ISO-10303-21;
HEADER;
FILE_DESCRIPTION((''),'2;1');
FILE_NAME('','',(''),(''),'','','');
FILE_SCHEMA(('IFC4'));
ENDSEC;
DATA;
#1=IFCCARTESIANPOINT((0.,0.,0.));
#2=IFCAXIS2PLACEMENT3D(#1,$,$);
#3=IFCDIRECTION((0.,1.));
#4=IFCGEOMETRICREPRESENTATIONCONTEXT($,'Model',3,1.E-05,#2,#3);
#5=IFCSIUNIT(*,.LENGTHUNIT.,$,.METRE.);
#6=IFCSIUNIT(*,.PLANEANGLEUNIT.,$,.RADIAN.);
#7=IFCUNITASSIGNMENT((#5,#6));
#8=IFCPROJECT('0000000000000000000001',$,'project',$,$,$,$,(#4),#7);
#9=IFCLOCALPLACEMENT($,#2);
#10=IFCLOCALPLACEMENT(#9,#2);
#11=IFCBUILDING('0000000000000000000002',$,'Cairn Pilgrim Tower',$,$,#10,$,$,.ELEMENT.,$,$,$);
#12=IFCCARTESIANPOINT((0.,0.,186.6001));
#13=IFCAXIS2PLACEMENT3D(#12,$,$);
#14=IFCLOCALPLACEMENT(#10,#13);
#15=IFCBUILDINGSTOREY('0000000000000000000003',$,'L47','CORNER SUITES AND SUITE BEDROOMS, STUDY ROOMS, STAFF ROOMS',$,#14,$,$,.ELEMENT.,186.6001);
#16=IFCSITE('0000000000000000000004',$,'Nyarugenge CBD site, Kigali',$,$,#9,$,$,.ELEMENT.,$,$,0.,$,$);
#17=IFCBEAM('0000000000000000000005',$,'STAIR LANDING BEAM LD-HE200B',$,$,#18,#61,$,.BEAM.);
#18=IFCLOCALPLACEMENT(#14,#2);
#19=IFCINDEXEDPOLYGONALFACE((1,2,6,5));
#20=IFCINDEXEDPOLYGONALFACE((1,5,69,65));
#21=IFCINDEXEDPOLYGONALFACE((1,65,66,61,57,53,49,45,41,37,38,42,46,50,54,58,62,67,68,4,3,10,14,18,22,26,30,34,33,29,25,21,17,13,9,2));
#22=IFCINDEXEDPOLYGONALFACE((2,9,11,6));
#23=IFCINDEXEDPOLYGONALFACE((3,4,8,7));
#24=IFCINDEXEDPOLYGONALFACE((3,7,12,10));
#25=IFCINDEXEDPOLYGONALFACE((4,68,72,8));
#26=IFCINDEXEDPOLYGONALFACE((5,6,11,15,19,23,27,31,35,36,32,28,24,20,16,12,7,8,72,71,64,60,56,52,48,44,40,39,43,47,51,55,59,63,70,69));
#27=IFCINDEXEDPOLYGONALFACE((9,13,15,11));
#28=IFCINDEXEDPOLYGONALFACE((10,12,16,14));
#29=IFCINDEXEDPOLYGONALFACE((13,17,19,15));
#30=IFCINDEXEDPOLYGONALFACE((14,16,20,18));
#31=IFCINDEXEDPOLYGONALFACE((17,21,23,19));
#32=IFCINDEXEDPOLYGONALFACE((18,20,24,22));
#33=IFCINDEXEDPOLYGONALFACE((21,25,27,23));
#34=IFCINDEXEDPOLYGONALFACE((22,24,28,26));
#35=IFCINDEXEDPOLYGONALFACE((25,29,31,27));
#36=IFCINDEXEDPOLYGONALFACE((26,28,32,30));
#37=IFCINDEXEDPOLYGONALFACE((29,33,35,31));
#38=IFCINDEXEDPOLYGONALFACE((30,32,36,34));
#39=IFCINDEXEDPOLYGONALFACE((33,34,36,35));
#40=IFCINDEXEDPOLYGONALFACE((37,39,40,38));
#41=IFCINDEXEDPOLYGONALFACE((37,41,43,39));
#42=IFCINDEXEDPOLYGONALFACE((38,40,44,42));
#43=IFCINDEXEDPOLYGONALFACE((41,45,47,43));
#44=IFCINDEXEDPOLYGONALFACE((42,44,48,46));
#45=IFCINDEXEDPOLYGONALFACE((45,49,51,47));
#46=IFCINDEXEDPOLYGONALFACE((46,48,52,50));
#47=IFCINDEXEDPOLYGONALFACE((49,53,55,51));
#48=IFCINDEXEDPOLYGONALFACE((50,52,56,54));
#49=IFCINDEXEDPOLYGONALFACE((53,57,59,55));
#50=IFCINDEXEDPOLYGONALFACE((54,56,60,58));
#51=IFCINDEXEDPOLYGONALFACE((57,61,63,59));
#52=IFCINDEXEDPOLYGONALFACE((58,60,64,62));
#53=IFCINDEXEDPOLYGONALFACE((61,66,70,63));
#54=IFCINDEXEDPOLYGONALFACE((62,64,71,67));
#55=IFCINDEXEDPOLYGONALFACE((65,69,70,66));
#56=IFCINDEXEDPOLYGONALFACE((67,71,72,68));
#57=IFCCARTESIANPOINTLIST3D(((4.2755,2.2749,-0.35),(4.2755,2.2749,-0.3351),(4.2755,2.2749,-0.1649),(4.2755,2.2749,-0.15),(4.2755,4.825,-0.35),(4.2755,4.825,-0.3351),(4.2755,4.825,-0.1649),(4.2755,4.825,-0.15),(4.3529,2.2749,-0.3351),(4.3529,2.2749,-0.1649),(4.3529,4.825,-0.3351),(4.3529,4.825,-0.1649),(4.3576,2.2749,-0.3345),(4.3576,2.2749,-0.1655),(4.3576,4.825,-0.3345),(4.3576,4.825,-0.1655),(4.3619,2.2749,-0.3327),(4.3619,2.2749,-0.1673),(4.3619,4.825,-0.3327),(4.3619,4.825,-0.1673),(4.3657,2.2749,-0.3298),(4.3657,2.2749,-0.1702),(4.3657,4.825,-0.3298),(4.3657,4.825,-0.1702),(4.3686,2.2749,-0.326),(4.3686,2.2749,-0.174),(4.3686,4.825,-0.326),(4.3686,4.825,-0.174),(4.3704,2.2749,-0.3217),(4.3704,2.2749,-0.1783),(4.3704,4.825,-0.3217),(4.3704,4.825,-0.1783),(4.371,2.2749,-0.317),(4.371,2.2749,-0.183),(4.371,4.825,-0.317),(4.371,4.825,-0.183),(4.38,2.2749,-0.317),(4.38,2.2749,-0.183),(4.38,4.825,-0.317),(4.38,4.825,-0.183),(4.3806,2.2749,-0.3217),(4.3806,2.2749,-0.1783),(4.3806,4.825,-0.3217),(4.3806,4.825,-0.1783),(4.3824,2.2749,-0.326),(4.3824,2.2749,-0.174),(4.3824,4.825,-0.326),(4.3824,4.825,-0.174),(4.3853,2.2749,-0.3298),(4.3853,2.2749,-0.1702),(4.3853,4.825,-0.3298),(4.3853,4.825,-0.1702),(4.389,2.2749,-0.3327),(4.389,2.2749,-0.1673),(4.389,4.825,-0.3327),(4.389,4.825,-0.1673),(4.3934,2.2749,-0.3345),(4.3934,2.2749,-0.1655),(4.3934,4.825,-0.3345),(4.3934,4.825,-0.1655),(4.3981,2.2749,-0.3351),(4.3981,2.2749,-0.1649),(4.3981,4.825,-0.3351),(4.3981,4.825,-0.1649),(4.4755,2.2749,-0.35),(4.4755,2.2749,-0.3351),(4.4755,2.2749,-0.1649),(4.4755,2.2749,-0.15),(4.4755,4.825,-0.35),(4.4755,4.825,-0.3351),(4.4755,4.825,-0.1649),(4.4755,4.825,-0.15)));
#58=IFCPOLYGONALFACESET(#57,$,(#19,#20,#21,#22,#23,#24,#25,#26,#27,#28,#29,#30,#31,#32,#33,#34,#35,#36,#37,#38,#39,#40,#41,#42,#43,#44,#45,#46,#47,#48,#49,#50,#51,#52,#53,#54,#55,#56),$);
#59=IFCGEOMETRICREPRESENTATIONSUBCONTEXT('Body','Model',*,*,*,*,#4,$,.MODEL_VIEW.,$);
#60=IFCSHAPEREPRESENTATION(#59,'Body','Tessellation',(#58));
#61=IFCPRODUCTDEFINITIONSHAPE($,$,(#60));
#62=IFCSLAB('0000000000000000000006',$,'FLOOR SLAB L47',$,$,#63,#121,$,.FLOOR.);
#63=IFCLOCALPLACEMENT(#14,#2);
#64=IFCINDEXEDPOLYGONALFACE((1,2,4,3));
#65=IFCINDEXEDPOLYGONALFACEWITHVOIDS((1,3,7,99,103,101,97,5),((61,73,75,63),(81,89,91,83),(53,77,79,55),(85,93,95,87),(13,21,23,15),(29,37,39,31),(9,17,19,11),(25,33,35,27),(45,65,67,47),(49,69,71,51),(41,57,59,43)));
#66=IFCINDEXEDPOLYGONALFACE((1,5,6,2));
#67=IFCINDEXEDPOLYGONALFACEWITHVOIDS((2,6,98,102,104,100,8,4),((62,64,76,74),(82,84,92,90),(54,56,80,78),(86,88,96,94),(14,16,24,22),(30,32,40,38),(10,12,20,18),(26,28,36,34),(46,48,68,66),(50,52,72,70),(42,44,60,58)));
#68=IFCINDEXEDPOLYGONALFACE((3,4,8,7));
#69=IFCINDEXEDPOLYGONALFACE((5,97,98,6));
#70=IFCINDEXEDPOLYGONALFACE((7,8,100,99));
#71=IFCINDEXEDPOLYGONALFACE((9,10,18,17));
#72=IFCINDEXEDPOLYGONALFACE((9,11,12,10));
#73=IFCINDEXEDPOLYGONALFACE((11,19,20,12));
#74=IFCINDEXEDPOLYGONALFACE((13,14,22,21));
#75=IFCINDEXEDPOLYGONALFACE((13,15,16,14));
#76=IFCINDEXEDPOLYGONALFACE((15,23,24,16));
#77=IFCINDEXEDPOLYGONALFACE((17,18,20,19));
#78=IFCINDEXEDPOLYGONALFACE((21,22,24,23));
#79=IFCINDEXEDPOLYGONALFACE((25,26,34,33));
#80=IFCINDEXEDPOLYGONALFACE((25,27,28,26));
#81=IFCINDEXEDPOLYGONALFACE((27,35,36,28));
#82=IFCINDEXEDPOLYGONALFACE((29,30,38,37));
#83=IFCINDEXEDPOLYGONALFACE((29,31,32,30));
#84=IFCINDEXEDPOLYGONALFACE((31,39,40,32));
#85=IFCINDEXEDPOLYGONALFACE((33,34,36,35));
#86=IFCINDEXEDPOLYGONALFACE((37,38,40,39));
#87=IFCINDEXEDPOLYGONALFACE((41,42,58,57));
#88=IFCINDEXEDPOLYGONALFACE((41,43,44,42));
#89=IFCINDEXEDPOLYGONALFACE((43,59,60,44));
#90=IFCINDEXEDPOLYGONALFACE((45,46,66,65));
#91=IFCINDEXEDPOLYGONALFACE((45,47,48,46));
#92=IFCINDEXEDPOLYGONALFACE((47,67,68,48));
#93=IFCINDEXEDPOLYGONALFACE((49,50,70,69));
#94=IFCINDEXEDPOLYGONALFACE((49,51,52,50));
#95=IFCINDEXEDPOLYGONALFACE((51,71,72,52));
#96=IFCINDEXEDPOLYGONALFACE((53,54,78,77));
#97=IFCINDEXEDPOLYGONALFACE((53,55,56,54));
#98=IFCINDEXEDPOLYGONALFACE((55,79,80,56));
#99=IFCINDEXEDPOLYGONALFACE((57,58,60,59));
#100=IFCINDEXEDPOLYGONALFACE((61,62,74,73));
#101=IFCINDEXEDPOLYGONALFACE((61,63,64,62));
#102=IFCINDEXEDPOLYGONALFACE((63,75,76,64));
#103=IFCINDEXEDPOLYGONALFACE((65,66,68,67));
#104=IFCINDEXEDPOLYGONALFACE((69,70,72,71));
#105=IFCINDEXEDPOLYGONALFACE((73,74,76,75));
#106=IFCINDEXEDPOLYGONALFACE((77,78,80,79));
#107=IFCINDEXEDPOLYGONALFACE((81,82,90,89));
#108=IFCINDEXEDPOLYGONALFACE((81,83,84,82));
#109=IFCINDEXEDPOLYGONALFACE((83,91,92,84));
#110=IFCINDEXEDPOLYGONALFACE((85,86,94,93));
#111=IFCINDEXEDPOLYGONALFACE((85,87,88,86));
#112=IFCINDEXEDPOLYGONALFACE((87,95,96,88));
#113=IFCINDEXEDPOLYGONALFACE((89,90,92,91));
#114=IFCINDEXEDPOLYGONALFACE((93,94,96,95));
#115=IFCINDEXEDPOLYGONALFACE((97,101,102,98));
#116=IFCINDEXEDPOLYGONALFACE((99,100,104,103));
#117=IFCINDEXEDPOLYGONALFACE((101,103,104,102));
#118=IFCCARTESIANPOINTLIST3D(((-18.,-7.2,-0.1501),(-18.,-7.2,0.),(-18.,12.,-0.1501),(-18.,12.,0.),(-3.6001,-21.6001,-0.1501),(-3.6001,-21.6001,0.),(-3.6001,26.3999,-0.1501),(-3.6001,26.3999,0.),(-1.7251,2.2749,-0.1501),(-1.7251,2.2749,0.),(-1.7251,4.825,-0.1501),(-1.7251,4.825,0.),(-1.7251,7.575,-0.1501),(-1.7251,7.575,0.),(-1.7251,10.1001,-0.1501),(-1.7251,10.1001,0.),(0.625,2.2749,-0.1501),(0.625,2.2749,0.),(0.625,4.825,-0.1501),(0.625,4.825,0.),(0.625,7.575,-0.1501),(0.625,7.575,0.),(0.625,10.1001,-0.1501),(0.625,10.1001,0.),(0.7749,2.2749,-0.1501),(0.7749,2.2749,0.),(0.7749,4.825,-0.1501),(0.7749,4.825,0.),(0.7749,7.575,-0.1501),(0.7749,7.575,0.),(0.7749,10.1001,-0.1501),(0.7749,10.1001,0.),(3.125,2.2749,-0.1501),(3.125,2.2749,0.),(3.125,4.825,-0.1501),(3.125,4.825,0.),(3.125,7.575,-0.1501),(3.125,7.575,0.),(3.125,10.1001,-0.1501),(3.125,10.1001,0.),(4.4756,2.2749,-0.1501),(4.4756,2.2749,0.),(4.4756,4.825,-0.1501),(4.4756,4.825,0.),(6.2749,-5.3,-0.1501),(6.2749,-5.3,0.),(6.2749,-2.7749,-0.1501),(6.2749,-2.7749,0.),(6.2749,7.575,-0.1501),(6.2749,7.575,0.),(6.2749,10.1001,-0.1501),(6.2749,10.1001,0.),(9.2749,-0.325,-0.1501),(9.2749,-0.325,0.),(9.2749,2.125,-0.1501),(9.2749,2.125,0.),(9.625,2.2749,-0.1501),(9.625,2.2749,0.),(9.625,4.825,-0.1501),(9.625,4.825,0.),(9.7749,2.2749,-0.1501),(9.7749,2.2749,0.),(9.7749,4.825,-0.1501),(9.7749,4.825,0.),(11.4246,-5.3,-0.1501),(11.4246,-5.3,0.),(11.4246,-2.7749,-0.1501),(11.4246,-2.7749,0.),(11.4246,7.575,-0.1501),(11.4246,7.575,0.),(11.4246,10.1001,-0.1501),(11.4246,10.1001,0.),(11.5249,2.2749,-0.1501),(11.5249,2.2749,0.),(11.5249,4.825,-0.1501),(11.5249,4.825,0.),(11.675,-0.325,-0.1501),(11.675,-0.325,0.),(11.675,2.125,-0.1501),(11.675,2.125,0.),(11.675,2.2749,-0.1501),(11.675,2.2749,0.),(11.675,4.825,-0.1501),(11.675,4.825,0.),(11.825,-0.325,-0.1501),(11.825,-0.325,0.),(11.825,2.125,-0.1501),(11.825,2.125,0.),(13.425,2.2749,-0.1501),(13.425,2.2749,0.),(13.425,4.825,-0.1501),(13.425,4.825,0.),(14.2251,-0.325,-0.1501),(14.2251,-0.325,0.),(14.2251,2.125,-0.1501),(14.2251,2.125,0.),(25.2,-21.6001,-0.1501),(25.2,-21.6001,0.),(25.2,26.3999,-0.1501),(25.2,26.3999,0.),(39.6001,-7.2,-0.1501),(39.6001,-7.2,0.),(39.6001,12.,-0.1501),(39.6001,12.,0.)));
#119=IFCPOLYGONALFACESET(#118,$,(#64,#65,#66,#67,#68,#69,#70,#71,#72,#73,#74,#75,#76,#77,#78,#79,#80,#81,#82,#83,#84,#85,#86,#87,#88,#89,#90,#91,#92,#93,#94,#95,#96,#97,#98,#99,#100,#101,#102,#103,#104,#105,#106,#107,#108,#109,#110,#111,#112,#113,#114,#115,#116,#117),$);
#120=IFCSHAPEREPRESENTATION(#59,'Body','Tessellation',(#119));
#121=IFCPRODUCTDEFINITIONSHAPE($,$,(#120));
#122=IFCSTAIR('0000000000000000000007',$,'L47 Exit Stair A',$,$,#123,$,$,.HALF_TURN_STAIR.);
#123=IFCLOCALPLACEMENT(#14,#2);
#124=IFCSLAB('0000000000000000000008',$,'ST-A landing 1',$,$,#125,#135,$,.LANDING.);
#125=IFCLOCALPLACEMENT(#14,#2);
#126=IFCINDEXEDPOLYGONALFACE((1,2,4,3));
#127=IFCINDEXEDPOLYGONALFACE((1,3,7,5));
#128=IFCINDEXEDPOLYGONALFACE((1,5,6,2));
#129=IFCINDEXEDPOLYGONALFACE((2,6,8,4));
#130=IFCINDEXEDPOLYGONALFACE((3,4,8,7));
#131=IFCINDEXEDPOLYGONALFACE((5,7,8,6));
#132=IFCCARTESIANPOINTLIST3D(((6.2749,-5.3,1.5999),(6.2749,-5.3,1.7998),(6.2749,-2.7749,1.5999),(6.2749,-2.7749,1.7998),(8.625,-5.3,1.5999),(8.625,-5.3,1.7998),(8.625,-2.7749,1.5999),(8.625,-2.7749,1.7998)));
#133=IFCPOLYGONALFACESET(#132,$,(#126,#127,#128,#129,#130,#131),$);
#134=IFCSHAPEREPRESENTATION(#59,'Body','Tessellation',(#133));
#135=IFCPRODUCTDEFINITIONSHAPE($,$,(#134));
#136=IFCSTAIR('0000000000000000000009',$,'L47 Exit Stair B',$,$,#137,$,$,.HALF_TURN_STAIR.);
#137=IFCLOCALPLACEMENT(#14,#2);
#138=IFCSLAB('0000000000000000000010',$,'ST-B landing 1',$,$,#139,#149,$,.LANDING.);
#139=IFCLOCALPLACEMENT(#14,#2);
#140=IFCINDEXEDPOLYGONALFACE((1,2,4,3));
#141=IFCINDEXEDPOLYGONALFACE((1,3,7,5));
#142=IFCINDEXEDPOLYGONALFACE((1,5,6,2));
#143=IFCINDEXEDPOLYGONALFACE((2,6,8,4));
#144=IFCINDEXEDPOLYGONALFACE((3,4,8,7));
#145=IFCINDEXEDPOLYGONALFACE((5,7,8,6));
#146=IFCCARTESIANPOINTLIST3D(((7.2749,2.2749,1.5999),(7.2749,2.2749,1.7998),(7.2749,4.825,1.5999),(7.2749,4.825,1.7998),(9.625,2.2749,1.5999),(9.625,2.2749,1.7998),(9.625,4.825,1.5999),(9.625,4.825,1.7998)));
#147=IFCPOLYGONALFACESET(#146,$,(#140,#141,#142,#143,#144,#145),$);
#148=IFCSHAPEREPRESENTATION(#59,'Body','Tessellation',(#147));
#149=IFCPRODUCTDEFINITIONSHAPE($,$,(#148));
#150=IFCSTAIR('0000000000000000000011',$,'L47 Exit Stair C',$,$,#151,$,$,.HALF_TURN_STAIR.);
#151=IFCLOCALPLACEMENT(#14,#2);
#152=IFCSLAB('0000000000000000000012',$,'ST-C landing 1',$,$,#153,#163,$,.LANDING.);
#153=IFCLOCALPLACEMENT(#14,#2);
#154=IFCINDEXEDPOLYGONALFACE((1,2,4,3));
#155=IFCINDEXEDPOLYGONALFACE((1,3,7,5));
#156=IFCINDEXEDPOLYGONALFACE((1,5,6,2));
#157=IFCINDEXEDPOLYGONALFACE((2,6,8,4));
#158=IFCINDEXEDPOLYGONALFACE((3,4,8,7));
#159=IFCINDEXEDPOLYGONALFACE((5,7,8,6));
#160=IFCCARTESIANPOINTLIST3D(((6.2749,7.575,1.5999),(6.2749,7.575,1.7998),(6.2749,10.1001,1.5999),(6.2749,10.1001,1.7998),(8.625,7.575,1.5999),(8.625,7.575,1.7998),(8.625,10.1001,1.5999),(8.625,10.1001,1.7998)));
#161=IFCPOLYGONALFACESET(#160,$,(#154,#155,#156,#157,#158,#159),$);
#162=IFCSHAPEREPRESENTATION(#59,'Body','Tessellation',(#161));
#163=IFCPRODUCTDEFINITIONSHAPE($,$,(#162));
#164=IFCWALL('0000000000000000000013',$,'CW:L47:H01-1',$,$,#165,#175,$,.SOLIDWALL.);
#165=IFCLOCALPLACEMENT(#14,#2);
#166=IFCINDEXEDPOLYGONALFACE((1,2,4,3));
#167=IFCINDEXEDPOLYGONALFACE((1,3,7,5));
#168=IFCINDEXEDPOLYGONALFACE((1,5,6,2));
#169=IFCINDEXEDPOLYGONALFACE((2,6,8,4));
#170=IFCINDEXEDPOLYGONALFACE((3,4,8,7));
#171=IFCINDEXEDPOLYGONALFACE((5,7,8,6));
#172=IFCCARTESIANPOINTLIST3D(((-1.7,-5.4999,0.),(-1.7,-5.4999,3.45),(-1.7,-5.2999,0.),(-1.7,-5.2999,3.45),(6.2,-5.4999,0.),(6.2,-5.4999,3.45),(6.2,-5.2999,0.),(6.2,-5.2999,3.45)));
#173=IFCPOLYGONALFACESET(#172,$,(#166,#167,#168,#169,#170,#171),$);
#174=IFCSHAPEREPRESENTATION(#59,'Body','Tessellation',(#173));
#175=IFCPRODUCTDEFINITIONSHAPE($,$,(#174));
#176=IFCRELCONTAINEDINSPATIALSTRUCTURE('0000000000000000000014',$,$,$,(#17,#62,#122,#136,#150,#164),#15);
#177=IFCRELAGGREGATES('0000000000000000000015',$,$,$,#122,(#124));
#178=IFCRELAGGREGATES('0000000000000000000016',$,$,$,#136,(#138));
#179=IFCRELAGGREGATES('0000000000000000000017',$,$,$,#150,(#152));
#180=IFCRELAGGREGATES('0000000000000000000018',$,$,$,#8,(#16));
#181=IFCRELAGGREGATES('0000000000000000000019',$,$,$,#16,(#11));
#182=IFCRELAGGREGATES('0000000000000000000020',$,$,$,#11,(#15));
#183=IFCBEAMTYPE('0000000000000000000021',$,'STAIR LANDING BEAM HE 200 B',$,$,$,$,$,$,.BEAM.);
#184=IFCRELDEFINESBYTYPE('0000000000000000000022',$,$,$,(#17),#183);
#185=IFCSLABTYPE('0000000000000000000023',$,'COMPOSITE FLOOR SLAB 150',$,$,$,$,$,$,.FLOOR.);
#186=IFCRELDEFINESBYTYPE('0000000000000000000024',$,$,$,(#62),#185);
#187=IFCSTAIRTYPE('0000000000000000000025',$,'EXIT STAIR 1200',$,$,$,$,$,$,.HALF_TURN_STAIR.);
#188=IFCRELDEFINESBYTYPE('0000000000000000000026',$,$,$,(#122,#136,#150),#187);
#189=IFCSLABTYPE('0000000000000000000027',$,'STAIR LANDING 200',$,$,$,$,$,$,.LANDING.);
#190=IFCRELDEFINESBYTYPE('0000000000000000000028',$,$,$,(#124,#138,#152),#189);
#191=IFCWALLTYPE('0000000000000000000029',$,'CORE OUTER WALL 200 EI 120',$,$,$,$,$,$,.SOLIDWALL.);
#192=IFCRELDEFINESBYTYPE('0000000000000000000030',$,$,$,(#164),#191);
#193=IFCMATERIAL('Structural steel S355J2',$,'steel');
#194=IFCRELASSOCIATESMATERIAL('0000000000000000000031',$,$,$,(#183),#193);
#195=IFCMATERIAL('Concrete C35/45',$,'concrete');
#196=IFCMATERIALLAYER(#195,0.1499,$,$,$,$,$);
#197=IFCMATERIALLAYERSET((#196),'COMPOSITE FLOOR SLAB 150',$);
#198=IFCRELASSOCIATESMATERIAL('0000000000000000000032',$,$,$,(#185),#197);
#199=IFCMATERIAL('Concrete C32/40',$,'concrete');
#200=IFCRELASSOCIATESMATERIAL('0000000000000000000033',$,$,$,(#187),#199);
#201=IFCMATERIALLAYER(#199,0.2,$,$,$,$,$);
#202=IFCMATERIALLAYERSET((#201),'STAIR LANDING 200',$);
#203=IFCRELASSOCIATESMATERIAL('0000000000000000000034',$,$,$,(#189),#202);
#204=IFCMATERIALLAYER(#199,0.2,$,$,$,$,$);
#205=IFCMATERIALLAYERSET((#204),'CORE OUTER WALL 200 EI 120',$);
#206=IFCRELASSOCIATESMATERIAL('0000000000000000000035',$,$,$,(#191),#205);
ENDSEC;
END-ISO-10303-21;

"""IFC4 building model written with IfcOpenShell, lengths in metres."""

from ifc_helpers import new_model, si_unit, direction, frame, frame_2d, origin, origin_2d, place, context, subcontext, project, spatial, polyline, rectangle, i_section, outline, extrude, material, layer, layer_set, material_profile, profile_set, type_object, element, aggregate, save


model = new_model("IFC4")

# Units and contexts
model_context = context("Model", 3, precision=1e-05, world=origin(), true_north=direction((0.0, 1.0)))
body_context = subcontext(model_context, "Body", "Model", "MODEL_VIEW")
ifc_project = project(units=[si_unit("LENGTHUNIT", "METRE"), si_unit("PLANEANGLEUNIT", "RADIAN")], contexts=[model_context])

# Site, building, storey
site_placement = place(None, origin())
site = spatial("IfcSite", under=ifc_project, at=site_placement, Name="Nyarugenge CBD site, Kigali", CompositionType="ELEMENT", RefElevation=0.0)
building_placement = place(site_placement, origin())
building = spatial("IfcBuilding", under=site, at=building_placement, Name="Cairn Pilgrim Tower", CompositionType="ELEMENT")
storey_placement = place(building_placement, frame((0.0, 0.0, 186.6001)))
storey = spatial("IfcBuildingStorey", under=building, at=storey_placement, Name="L47", Description="CORNER SUITES AND SUITE BEDROOMS, STUDY ROOMS, STAFF ROOMS", CompositionType="ELEMENT", Elevation=186.6001)

# Beam
ifc_material_1 = material(Name="Structural steel S355J2", Category="steel")
ifc_material_profile_1 = material_profile(ifc_material_1, i_section(OverallWidth=0.2, OverallDepth=0.2, WebThickness=0.009, FlangeThickness=0.0149, FilletRadius=0.0181, at=origin_2d()), Name="HE 200 B")
ifc_profile_set_1 = profile_set([ifc_material_profile_1], Name="Structural steel S355J2")
beam_type_1 = type_object("IfcBeamType", Name="STAIR LANDING BEAM HE 200 B", PredefinedType="BEAM", material=ifc_profile_set_1)
beam_1_placement = place(storey_placement, frame((4.3755, 2.2749, -0.25), z_axis=(0.0, 1.0, 0.0), x_axis=(-1.0, 0.0, 0.0)))
element("IfcBeam", 1, at=beam_1_placement, inside=storey, type_object=beam_type_1, Name="STAIR LANDING BEAM LD-HE200B", PredefinedType="BEAM", context=body_context, shape_type="SweptSolid", body=[
    extrude(i_section(OverallWidth=0.2, OverallDepth=0.2, WebThickness=0.009, FlangeThickness=0.0149, FilletRadius=0.0181, at=origin_2d()), origin(), (0.0, 0.0, 1.0), 2.55),
])

# Slab
ifc_material_2 = material(Name="Concrete C35/45", Category="concrete")
ifc_layer_1 = layer(ifc_material_2, 0.1499)
ifc_layer_set_1 = layer_set([ifc_layer_1], Name="COMPOSITE FLOOR SLAB 150")
slab_type_1 = type_object("IfcSlabType", Name="COMPOSITE FLOOR SLAB 150", PredefinedType="FLOOR", material=ifc_layer_set_1)
slab_1_placement = place(storey_placement, frame((0.0, 0.0, -0.1501)))
element("IfcSlab", 2, at=slab_1_placement, inside=storey, type_object=slab_type_1, Name="FLOOR SLAB L47", PredefinedType="FLOOR", context=body_context, shape_type="SweptSolid", body=[
    extrude(outline(polyline([(-3.6001, -21.6001), (25.2, -21.6001), (39.6001, -7.2), (39.6001, 12.0), (25.2, 26.3999), (-3.6001, 26.3999), (-18.0, 12.0), (-18.0, -7.2), (-3.6001, -21.6001)]), holes=[polyline([(9.2749, -0.325), (11.675, -0.325), (11.675, 2.125), (9.2749, 2.125), (9.2749, -0.325)]), polyline([(11.825, -0.325), (14.2251, -0.325), (14.2251, 2.125), (11.825, 2.125), (11.825, -0.325)]), polyline([(-1.7251, 2.2749), (0.625, 2.2749), (0.625, 4.825), (-1.7251, 4.825), (-1.7251, 2.2749)]), polyline([(0.7749, 2.2749), (3.125, 2.2749), (3.125, 4.825), (0.7749, 4.825), (0.7749, 2.2749)]), polyline([(-1.7251, 7.575), (0.625, 7.575), (0.625, 10.1001), (-1.7251, 10.1001), (-1.7251, 7.575)]), polyline([(0.7749, 7.575), (3.125, 7.575), (3.125, 10.1001), (0.7749, 10.1001), (0.7749, 7.575)]), polyline([(9.7749, 2.2749), (11.5249, 2.2749), (11.5249, 4.825), (9.7749, 4.825), (9.7749, 2.2749)]), polyline([(11.675, 2.2749), (13.425, 2.2749), (13.425, 4.825), (11.675, 4.825), (11.675, 2.2749)]), polyline([(11.4246, -2.7749), (6.2749, -2.7749), (6.2749, -5.3), (11.4246, -5.3), (11.4246, -2.7749)]), polyline([(4.4756, 2.2749), (9.625, 2.2749), (9.625, 4.825), (4.4756, 4.825), (4.4756, 2.2749)]), polyline([(11.4246, 10.1001), (6.2749, 10.1001), (6.2749, 7.575), (11.4246, 7.575), (11.4246, 10.1001)])]), origin(), (0.0, 0.0, 1.0), 0.1501),
])

# Stairs, slabs
ifc_material_3 = material(Name="Concrete C32/40", Category="concrete")
stair_type = type_object("IfcStairType", Name="EXIT STAIR 1200", PredefinedType="HALF_TURN_STAIR", material=ifc_material_3)
stair_1_placement = place(storey_placement, origin())
stair_1 = element("IfcStair", 3, at=stair_1_placement, inside=storey, type_object=stair_type, Name="L47 Exit Stair A", PredefinedType="HALF_TURN_STAIR")
ifc_layer_2 = layer(ifc_material_3, 0.2)
ifc_layer_set_2 = layer_set([ifc_layer_2], Name="STAIR LANDING 200")
slab_type_2 = type_object("IfcSlabType", Name="STAIR LANDING 200", PredefinedType="LANDING", material=ifc_layer_set_2)
slab_2_placement = place(storey_placement, frame((0.0, 0.0, 1.5999)))
slab_2 = element("IfcSlab", 4, at=slab_2_placement, type_object=slab_type_2, Name="ST-A landing 1", PredefinedType="LANDING", context=body_context, shape_type="SweptSolid", body=[
    extrude(outline(polyline([(8.625, -2.7749), (6.2749, -2.7749), (6.2749, -5.3), (8.625, -5.3), (8.625, -2.7749)])), origin(), (0.0, 0.0, 1.0), 0.2),
])
aggregate(stair_1, [slab_2])
stair_2_placement = place(storey_placement, origin())
stair_2 = element("IfcStair", 5, at=stair_2_placement, inside=storey, type_object=stair_type, Name="L47 Exit Stair B", PredefinedType="HALF_TURN_STAIR")
slab_3_placement = place(storey_placement, frame((0.0, 0.0, 1.5999)))
slab_3 = element("IfcSlab", 6, at=slab_3_placement, type_object=slab_type_2, Name="ST-B landing 1", PredefinedType="LANDING", context=body_context, shape_type="SweptSolid", body=[
    extrude(outline(polyline([(7.2749, 2.2749), (9.625, 2.2749), (9.625, 4.825), (7.2749, 4.825), (7.2749, 2.2749)])), origin(), (0.0, 0.0, 1.0), 0.2),
])
aggregate(stair_2, [slab_3])
stair_3_placement = place(storey_placement, origin())
stair_3 = element("IfcStair", 7, at=stair_3_placement, inside=storey, type_object=stair_type, Name="L47 Exit Stair C", PredefinedType="HALF_TURN_STAIR")
slab_4_placement = place(storey_placement, frame((0.0, 0.0, 1.5999)))
slab_4 = element("IfcSlab", 8, at=slab_4_placement, type_object=slab_type_2, Name="ST-C landing 1", PredefinedType="LANDING", context=body_context, shape_type="SweptSolid", body=[
    extrude(outline(polyline([(8.625, 10.1001), (6.2749, 10.1001), (6.2749, 7.575), (8.625, 7.575), (8.625, 10.1001)])), origin(), (0.0, 0.0, 1.0), 0.2),
])
aggregate(stair_3, [slab_4])

# Wall
ifc_layer_3 = layer(ifc_material_3, 0.2)
ifc_layer_set_3 = layer_set([ifc_layer_3], Name="CORE OUTER WALL 200 EI 120")
wall_type_1 = type_object("IfcWallType", Name="CORE OUTER WALL 200 EI 120", PredefinedType="SOLIDWALL", material=ifc_layer_set_3)
wall_1_placement = place(storey_placement, frame((-1.7, -5.3999, 0.0), z_axis=(0.0, 0.0, 1.0), x_axis=(1.0, 0.0, 0.0)))
element("IfcWall", 9, at=wall_1_placement, inside=storey, type_object=wall_type_1, Name="CW:L47:H01-1", PredefinedType="SOLIDWALL", context=body_context, shape_type="SweptSolid", body=[
    extrude(rectangle(XDim=7.8999, YDim=0.2, at=frame_2d((3.95, 0.0))), origin(), (0.0, 0.0, 1.0), 3.45),
])

save(model, "model.ifc")
